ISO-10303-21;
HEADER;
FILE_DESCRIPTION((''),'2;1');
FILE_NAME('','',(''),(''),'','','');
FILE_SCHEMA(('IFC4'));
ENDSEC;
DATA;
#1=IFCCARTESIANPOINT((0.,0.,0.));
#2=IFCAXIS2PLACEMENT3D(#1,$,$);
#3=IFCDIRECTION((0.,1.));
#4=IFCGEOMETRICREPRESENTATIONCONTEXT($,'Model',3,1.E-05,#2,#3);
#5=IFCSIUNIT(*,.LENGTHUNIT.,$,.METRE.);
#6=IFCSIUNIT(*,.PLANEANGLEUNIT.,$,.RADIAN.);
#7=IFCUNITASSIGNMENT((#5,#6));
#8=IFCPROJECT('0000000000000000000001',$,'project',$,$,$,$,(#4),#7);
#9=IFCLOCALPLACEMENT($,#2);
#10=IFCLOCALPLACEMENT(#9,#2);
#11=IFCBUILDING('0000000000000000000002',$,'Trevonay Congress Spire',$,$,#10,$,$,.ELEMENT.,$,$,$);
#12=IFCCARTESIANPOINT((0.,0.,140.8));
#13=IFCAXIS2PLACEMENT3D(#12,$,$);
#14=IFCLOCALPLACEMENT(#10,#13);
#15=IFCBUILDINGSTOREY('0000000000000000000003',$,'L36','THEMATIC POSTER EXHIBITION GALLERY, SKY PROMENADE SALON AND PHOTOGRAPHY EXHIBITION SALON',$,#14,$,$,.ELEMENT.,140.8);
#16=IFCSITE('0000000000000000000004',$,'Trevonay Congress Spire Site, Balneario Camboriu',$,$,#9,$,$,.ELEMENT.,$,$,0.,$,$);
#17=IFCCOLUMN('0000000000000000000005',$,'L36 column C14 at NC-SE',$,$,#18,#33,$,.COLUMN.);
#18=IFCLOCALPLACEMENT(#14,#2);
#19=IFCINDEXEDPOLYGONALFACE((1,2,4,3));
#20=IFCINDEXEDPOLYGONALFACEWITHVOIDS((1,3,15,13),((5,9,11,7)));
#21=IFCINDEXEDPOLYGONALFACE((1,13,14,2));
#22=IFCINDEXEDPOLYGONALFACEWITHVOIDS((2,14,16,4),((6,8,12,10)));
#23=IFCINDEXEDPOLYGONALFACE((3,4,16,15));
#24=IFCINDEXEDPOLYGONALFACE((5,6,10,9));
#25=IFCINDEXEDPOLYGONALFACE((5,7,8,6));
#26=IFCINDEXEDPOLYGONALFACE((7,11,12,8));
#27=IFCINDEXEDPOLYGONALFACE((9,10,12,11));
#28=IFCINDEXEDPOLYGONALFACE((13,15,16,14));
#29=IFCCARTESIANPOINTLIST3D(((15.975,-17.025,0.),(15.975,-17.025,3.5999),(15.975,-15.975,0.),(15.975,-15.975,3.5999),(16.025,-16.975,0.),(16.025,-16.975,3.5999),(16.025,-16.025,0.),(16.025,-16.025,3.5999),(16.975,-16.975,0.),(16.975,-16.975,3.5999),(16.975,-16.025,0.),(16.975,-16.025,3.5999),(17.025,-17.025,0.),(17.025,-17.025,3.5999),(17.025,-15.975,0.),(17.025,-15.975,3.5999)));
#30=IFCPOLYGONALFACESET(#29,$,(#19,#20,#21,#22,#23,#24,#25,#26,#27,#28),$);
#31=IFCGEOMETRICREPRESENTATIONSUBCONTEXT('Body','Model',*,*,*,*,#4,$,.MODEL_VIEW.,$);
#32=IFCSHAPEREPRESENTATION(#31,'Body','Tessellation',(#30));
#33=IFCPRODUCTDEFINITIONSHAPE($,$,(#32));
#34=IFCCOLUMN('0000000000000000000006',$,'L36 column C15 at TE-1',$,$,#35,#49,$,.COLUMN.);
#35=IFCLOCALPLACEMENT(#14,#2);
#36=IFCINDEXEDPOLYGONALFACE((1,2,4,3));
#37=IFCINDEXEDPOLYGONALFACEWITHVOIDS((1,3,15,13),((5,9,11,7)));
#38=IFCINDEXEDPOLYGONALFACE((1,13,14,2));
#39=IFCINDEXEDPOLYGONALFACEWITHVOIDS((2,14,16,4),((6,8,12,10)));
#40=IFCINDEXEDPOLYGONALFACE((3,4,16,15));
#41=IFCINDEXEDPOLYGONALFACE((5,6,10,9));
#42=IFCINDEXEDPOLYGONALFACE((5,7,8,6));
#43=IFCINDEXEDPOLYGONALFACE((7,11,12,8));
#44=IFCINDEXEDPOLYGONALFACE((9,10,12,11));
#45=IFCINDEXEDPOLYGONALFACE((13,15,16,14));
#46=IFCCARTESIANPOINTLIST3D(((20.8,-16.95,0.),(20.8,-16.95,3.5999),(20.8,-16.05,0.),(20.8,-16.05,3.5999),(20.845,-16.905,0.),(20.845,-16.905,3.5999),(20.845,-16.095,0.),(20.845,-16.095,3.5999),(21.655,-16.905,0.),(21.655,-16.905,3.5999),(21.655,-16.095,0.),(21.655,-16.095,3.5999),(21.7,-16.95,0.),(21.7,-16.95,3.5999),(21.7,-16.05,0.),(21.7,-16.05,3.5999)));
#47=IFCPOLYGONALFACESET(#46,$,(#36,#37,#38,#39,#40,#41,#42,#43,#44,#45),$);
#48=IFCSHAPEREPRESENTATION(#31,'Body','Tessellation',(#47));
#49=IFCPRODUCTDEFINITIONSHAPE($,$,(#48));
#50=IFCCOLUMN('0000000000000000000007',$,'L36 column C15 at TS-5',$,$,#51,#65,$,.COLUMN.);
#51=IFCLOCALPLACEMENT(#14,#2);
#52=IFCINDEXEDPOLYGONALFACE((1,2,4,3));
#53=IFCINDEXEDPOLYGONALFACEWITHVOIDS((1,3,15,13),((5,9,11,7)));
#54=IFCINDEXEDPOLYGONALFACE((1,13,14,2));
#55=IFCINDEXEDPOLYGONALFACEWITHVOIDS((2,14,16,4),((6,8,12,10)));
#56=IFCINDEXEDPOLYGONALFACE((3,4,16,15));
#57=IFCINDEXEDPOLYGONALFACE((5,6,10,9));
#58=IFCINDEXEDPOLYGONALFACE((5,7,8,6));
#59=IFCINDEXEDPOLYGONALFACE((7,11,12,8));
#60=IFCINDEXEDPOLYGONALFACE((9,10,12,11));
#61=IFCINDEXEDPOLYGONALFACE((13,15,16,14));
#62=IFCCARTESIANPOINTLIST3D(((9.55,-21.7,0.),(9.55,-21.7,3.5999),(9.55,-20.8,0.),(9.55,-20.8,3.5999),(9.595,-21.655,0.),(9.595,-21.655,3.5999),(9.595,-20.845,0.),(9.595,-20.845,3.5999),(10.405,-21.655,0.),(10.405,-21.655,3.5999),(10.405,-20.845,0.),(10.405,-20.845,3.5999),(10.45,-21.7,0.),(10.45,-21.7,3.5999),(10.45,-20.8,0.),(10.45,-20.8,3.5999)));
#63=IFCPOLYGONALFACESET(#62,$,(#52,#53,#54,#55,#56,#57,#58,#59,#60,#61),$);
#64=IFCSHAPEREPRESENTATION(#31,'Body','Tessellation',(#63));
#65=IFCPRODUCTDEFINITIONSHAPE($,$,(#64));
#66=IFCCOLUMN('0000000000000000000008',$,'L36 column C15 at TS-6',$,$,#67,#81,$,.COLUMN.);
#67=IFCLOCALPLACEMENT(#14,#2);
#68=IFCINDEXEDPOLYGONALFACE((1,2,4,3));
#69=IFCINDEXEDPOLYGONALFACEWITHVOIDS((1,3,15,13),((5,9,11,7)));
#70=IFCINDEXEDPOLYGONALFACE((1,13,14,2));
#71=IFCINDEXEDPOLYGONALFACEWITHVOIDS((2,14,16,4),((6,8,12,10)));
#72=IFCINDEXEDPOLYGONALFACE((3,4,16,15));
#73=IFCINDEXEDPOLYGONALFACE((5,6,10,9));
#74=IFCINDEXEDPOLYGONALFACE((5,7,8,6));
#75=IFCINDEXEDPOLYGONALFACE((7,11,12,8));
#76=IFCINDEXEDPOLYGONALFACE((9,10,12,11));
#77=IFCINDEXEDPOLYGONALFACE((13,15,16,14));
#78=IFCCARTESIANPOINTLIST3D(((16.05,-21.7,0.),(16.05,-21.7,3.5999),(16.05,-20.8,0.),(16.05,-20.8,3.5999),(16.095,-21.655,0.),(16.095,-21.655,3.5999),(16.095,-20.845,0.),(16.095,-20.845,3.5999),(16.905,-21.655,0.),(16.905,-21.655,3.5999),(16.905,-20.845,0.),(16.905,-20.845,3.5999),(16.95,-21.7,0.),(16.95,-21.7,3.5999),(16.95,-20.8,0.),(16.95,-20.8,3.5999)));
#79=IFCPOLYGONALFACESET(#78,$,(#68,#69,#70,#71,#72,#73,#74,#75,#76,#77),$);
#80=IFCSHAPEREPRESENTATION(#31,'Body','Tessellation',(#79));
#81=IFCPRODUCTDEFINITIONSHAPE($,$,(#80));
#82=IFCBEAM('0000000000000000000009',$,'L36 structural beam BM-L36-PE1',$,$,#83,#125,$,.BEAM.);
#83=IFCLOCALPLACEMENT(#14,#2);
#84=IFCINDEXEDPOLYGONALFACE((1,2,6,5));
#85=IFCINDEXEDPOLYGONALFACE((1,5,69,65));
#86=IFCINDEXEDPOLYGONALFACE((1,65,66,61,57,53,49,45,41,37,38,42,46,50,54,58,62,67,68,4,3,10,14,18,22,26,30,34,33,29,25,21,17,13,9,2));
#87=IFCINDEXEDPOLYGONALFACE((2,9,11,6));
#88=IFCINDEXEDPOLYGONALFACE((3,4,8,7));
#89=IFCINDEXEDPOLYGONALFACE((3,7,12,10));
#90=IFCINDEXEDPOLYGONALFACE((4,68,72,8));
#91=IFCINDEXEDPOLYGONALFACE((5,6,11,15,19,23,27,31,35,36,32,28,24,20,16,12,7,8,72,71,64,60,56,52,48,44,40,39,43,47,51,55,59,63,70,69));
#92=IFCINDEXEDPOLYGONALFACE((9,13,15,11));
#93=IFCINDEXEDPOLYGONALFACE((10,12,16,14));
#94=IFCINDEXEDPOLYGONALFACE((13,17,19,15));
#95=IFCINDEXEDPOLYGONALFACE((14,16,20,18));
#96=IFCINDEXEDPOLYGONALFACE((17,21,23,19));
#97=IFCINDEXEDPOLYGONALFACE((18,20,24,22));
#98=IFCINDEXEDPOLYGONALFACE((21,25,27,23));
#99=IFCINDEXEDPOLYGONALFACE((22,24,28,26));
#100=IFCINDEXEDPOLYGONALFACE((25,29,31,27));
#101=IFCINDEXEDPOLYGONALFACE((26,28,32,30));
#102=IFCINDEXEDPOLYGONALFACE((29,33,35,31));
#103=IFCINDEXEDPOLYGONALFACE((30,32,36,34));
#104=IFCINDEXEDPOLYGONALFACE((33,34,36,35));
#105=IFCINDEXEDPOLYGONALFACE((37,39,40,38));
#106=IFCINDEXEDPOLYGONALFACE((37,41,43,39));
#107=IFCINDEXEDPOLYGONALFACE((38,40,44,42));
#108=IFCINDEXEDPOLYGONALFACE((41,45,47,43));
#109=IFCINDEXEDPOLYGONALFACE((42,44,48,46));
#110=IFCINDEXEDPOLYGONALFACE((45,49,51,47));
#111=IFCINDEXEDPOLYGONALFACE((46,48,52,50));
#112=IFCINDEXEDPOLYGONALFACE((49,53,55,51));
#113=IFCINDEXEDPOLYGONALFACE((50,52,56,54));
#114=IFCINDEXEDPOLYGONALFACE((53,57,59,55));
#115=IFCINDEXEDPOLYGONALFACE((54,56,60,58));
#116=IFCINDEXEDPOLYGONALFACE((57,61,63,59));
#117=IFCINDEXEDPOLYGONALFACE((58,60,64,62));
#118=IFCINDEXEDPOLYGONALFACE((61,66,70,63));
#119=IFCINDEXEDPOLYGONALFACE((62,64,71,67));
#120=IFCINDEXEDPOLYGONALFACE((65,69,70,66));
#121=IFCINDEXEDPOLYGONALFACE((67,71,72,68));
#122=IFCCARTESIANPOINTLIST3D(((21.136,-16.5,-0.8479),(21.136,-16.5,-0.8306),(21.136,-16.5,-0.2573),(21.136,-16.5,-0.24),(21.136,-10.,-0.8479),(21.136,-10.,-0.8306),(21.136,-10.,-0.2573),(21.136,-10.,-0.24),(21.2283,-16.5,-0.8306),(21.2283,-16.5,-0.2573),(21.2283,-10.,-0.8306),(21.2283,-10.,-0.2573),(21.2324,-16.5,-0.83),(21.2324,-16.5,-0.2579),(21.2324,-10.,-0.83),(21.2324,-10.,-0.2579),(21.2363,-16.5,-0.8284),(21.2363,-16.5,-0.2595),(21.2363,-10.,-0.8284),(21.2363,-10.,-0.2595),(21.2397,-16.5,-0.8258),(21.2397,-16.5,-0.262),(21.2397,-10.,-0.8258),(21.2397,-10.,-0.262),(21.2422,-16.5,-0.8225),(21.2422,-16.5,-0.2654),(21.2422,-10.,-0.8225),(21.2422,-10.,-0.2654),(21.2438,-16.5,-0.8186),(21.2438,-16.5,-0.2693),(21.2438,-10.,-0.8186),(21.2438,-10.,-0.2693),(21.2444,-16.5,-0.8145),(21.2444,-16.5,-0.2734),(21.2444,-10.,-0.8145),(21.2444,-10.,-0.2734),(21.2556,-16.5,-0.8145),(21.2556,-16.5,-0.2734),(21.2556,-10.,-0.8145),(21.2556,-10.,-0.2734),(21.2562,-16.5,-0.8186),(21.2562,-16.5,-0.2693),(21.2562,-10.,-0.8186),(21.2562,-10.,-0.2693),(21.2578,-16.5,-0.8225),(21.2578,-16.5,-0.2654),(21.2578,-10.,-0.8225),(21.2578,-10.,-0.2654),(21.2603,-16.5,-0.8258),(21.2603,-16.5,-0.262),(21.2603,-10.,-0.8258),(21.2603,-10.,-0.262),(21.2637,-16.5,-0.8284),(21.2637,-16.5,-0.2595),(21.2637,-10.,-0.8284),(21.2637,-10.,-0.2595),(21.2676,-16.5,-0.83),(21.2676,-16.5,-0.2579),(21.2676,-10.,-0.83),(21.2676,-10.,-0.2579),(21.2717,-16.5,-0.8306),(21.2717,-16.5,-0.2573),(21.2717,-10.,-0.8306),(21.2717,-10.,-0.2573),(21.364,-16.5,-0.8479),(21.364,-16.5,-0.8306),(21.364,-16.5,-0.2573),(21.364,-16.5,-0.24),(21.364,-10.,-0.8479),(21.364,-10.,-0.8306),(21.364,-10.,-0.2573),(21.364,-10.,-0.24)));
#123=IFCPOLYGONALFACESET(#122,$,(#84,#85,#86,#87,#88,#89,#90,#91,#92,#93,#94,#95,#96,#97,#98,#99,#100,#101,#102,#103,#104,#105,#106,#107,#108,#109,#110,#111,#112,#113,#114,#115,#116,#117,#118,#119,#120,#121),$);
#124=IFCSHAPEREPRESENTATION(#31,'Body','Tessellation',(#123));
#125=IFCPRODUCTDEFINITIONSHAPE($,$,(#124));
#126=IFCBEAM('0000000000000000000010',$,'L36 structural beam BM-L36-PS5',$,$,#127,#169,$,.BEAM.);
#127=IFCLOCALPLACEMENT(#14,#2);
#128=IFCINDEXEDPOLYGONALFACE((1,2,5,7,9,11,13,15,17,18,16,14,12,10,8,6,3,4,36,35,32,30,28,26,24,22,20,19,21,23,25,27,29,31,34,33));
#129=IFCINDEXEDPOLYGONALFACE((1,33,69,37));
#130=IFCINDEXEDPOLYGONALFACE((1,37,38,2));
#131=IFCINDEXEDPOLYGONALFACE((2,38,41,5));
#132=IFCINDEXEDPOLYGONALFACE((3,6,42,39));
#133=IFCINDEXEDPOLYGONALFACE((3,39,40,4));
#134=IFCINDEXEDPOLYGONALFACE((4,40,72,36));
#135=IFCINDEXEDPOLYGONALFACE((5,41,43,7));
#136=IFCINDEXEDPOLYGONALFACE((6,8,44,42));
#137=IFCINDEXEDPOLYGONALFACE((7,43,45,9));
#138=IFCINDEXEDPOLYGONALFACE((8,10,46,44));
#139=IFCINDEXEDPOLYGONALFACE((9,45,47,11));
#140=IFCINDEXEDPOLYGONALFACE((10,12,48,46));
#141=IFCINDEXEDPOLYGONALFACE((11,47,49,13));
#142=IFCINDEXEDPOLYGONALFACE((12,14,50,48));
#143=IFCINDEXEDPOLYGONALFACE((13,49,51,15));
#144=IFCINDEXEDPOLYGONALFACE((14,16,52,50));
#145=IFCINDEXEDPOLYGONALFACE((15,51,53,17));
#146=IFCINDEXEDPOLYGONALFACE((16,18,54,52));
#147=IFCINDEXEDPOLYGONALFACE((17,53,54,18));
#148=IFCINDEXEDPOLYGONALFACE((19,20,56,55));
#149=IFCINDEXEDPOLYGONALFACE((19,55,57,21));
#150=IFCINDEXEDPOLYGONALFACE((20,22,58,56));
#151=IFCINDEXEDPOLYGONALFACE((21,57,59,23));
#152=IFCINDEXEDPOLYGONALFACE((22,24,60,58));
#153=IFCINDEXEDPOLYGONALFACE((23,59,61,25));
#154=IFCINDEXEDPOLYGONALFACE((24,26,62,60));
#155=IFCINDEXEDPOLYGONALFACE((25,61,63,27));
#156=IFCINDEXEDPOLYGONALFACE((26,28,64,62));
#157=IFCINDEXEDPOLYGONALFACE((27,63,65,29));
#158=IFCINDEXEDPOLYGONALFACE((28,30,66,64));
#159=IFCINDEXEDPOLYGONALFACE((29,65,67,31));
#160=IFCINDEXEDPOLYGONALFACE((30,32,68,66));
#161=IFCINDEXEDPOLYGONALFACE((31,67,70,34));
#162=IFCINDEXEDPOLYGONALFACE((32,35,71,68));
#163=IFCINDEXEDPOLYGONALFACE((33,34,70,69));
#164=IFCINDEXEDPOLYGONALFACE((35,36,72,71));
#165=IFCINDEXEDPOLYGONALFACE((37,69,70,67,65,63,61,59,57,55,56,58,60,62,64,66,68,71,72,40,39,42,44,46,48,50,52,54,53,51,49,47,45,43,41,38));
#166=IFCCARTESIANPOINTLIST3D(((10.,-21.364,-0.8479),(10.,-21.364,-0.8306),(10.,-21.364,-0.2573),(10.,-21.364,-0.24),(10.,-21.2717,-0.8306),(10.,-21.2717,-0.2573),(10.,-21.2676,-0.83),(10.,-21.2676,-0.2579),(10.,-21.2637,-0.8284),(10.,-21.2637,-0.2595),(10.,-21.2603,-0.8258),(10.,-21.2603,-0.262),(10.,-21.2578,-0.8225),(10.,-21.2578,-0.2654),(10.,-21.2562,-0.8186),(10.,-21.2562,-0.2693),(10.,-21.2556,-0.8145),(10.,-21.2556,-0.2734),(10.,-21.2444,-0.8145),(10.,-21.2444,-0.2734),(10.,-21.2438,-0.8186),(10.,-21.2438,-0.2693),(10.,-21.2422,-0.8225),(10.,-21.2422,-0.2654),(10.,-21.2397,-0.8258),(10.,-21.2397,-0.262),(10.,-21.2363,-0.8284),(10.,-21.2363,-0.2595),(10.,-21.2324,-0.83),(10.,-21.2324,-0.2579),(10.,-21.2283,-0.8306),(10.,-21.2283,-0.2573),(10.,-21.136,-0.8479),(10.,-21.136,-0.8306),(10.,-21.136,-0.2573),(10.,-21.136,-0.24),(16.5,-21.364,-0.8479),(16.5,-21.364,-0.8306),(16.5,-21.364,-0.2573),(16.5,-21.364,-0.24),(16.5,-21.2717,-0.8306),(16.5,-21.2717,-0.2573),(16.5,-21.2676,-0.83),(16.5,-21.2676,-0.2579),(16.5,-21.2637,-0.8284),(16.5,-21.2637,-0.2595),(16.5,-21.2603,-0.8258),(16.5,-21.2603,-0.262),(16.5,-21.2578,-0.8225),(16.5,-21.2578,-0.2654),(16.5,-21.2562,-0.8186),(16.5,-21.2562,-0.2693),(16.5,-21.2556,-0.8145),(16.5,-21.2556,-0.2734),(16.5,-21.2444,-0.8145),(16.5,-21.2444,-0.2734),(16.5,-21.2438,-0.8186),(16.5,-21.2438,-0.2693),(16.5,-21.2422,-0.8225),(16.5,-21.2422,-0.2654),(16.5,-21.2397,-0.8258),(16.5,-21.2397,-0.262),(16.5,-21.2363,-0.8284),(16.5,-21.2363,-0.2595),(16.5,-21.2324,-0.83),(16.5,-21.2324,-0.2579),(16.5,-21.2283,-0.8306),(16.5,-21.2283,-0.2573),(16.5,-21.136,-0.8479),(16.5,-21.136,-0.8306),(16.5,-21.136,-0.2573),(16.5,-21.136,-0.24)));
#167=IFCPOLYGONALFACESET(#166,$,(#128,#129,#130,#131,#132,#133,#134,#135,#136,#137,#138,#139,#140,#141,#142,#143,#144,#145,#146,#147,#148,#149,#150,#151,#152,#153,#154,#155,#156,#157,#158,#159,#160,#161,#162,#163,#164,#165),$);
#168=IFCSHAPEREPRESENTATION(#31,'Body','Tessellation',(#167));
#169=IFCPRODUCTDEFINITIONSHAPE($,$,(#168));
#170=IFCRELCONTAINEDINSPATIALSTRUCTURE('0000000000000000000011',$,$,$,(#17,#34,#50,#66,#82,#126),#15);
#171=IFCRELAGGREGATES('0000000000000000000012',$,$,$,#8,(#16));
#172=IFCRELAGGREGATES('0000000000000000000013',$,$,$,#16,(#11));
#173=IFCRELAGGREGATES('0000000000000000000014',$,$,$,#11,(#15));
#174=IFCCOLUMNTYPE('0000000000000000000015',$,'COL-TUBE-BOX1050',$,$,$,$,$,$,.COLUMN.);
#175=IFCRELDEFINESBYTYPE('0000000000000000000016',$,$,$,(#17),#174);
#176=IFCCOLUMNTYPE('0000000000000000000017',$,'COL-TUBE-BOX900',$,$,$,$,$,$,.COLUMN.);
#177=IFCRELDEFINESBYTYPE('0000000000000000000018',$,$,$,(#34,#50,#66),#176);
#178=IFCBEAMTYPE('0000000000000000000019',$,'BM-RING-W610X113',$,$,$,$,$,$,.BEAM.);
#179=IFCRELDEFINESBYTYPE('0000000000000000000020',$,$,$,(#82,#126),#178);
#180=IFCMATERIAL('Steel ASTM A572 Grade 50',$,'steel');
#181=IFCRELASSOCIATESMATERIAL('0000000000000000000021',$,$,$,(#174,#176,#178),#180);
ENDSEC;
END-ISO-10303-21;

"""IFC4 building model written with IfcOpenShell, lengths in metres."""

from ifc_helpers import new_model, si_unit, direction, frame, origin, origin_2d, place, context, subcontext, project, spatial, hollow_rectangle, i_section, extrude, material, material_profile, profile_set, type_object, element, save


model = new_model("IFC4")

# Units and contexts
model_context = context("Model", 3, precision=1e-05, world=origin(), true_north=direction((0.0, 1.0)))
body_context = subcontext(model_context, "Body", "Model", "MODEL_VIEW")
ifc_project = project(units=[si_unit("LENGTHUNIT", "METRE"), si_unit("PLANEANGLEUNIT", "RADIAN")], contexts=[model_context])

# Site, building, storey
site_placement = place(None, origin())
site = spatial("IfcSite", under=ifc_project, at=site_placement, Name="Trevonay Congress Spire Site, Balneario Camboriu", CompositionType="ELEMENT", RefElevation=0.0)
building_placement = place(site_placement, origin())
building = spatial("IfcBuilding", under=site, at=building_placement, Name="Trevonay Congress Spire", CompositionType="ELEMENT")
storey_placement = place(building_placement, frame((0.0, 0.0, 140.8)))
storey = spatial("IfcBuildingStorey", under=building, at=storey_placement, Name="L36", Description="THEMATIC POSTER EXHIBITION GALLERY, SKY PROMENADE SALON AND PHOTOGRAPHY EXHIBITION SALON", CompositionType="ELEMENT", Elevation=140.8)

# Columns
ifc_material_1 = material(Name="Steel ASTM A572 Grade 50", Category="steel")
ifc_material_profile_1 = material_profile(ifc_material_1, hollow_rectangle(XDim=1.05, YDim=1.05, WallThickness=0.05, at=origin_2d()), Name="BOX 1050x1050x50")
ifc_profile_set_1 = profile_set([ifc_material_profile_1], Name="Steel ASTM A572 Grade 50")
column_type_1 = type_object("IfcColumnType", Name="COL-TUBE-BOX1050", PredefinedType="COLUMN", material=ifc_profile_set_1)
column_placement = place(storey_placement, frame((16.5, -16.5, 0.0), z_axis=(0.0, 0.0, 1.0), x_axis=(1.0, 0.0, 0.0)))
element("IfcColumn", 1, at=column_placement, inside=storey, type_object=column_type_1, Name="L36 column C14 at NC-SE", PredefinedType="COLUMN", context=body_context, shape_type="SweptSolid", body=[
    extrude(hollow_rectangle(XDim=1.05, YDim=1.05, WallThickness=0.05, at=origin_2d()), origin(), (0.0, 0.0, 1.0), 3.5999),
])
ifc_material_profile_2 = material_profile(ifc_material_1, hollow_rectangle(XDim=0.8999, YDim=0.8999, WallThickness=0.0449, at=origin_2d()), Name="BOX 900x900x45")
ifc_profile_set_2 = profile_set([ifc_material_profile_2], Name="Steel ASTM A572 Grade 50")
column_type_2 = type_object("IfcColumnType", Name="COL-TUBE-BOX900", PredefinedType="COLUMN", material=ifc_profile_set_2)
for number, where, z_axis, x_axis, name in (
    (2, (21.25, -16.5, 0.0), (0.0, 0.0, 1.0), (1.0, 0.0, 0.0), "L36 column C15 at TE-1"),
    (3, (10.0, -21.25, 0.0), (0.0, 0.0, 1.0), (1.0, 0.0, 0.0), "L36 column C15 at TS-5"),
    (4, (16.5, -21.25, 0.0), (0.0, 0.0, 1.0), (1.0, 0.0, 0.0), "L36 column C15 at TS-6"),
):
    element("IfcColumn", number, at=place(storey_placement, frame(where, z_axis=z_axis, x_axis=x_axis)), inside=storey, type_object=column_type_2, Name=name, PredefinedType="COLUMN", context=body_context, shape_type="SweptSolid", body=[
        extrude(hollow_rectangle(XDim=0.8999, YDim=0.8999, WallThickness=0.0449, at=origin_2d()), origin(), (0.0, 0.0, 1.0), 3.5999),
    ])

# Beams
ifc_material_profile_3 = material_profile(ifc_material_1, i_section(OverallWidth=0.228, OverallDepth=0.6079, WebThickness=0.0112, FlangeThickness=0.0173, FilletRadius=0.0161, at=origin_2d()), Name="W610x113")
ifc_profile_set_3 = profile_set([ifc_material_profile_3], Name="Steel ASTM A572 Grade 50")
beam_type = type_object("IfcBeamType", Name="BM-RING-W610X113", PredefinedType="BEAM", material=ifc_profile_set_3)
for number, where, z_axis, x_axis, name in (
    (5, (21.25, -16.5, -0.5439), (0.0, 1.0, 0.0), (-1.0, 0.0, 0.0), "L36 structural beam BM-L36-PE1"),
    (6, (10.0, -21.25, -0.5439), (1.0, 0.0, 0.0), (0.0, 1.0, 0.0), "L36 structural beam BM-L36-PS5"),
):
    element("IfcBeam", number, at=place(storey_placement, frame(where, z_axis=z_axis, x_axis=x_axis)), inside=storey, type_object=beam_type, Name=name, PredefinedType="BEAM", context=body_context, shape_type="SweptSolid", body=[
        extrude(i_section(OverallWidth=0.228, OverallDepth=0.6079, WebThickness=0.0112, FlangeThickness=0.0173, FilletRadius=0.0161, at=origin_2d()), origin(), (0.0, 0.0, 1.0), 6.5),
    ])

save(model, "model.ifc")
